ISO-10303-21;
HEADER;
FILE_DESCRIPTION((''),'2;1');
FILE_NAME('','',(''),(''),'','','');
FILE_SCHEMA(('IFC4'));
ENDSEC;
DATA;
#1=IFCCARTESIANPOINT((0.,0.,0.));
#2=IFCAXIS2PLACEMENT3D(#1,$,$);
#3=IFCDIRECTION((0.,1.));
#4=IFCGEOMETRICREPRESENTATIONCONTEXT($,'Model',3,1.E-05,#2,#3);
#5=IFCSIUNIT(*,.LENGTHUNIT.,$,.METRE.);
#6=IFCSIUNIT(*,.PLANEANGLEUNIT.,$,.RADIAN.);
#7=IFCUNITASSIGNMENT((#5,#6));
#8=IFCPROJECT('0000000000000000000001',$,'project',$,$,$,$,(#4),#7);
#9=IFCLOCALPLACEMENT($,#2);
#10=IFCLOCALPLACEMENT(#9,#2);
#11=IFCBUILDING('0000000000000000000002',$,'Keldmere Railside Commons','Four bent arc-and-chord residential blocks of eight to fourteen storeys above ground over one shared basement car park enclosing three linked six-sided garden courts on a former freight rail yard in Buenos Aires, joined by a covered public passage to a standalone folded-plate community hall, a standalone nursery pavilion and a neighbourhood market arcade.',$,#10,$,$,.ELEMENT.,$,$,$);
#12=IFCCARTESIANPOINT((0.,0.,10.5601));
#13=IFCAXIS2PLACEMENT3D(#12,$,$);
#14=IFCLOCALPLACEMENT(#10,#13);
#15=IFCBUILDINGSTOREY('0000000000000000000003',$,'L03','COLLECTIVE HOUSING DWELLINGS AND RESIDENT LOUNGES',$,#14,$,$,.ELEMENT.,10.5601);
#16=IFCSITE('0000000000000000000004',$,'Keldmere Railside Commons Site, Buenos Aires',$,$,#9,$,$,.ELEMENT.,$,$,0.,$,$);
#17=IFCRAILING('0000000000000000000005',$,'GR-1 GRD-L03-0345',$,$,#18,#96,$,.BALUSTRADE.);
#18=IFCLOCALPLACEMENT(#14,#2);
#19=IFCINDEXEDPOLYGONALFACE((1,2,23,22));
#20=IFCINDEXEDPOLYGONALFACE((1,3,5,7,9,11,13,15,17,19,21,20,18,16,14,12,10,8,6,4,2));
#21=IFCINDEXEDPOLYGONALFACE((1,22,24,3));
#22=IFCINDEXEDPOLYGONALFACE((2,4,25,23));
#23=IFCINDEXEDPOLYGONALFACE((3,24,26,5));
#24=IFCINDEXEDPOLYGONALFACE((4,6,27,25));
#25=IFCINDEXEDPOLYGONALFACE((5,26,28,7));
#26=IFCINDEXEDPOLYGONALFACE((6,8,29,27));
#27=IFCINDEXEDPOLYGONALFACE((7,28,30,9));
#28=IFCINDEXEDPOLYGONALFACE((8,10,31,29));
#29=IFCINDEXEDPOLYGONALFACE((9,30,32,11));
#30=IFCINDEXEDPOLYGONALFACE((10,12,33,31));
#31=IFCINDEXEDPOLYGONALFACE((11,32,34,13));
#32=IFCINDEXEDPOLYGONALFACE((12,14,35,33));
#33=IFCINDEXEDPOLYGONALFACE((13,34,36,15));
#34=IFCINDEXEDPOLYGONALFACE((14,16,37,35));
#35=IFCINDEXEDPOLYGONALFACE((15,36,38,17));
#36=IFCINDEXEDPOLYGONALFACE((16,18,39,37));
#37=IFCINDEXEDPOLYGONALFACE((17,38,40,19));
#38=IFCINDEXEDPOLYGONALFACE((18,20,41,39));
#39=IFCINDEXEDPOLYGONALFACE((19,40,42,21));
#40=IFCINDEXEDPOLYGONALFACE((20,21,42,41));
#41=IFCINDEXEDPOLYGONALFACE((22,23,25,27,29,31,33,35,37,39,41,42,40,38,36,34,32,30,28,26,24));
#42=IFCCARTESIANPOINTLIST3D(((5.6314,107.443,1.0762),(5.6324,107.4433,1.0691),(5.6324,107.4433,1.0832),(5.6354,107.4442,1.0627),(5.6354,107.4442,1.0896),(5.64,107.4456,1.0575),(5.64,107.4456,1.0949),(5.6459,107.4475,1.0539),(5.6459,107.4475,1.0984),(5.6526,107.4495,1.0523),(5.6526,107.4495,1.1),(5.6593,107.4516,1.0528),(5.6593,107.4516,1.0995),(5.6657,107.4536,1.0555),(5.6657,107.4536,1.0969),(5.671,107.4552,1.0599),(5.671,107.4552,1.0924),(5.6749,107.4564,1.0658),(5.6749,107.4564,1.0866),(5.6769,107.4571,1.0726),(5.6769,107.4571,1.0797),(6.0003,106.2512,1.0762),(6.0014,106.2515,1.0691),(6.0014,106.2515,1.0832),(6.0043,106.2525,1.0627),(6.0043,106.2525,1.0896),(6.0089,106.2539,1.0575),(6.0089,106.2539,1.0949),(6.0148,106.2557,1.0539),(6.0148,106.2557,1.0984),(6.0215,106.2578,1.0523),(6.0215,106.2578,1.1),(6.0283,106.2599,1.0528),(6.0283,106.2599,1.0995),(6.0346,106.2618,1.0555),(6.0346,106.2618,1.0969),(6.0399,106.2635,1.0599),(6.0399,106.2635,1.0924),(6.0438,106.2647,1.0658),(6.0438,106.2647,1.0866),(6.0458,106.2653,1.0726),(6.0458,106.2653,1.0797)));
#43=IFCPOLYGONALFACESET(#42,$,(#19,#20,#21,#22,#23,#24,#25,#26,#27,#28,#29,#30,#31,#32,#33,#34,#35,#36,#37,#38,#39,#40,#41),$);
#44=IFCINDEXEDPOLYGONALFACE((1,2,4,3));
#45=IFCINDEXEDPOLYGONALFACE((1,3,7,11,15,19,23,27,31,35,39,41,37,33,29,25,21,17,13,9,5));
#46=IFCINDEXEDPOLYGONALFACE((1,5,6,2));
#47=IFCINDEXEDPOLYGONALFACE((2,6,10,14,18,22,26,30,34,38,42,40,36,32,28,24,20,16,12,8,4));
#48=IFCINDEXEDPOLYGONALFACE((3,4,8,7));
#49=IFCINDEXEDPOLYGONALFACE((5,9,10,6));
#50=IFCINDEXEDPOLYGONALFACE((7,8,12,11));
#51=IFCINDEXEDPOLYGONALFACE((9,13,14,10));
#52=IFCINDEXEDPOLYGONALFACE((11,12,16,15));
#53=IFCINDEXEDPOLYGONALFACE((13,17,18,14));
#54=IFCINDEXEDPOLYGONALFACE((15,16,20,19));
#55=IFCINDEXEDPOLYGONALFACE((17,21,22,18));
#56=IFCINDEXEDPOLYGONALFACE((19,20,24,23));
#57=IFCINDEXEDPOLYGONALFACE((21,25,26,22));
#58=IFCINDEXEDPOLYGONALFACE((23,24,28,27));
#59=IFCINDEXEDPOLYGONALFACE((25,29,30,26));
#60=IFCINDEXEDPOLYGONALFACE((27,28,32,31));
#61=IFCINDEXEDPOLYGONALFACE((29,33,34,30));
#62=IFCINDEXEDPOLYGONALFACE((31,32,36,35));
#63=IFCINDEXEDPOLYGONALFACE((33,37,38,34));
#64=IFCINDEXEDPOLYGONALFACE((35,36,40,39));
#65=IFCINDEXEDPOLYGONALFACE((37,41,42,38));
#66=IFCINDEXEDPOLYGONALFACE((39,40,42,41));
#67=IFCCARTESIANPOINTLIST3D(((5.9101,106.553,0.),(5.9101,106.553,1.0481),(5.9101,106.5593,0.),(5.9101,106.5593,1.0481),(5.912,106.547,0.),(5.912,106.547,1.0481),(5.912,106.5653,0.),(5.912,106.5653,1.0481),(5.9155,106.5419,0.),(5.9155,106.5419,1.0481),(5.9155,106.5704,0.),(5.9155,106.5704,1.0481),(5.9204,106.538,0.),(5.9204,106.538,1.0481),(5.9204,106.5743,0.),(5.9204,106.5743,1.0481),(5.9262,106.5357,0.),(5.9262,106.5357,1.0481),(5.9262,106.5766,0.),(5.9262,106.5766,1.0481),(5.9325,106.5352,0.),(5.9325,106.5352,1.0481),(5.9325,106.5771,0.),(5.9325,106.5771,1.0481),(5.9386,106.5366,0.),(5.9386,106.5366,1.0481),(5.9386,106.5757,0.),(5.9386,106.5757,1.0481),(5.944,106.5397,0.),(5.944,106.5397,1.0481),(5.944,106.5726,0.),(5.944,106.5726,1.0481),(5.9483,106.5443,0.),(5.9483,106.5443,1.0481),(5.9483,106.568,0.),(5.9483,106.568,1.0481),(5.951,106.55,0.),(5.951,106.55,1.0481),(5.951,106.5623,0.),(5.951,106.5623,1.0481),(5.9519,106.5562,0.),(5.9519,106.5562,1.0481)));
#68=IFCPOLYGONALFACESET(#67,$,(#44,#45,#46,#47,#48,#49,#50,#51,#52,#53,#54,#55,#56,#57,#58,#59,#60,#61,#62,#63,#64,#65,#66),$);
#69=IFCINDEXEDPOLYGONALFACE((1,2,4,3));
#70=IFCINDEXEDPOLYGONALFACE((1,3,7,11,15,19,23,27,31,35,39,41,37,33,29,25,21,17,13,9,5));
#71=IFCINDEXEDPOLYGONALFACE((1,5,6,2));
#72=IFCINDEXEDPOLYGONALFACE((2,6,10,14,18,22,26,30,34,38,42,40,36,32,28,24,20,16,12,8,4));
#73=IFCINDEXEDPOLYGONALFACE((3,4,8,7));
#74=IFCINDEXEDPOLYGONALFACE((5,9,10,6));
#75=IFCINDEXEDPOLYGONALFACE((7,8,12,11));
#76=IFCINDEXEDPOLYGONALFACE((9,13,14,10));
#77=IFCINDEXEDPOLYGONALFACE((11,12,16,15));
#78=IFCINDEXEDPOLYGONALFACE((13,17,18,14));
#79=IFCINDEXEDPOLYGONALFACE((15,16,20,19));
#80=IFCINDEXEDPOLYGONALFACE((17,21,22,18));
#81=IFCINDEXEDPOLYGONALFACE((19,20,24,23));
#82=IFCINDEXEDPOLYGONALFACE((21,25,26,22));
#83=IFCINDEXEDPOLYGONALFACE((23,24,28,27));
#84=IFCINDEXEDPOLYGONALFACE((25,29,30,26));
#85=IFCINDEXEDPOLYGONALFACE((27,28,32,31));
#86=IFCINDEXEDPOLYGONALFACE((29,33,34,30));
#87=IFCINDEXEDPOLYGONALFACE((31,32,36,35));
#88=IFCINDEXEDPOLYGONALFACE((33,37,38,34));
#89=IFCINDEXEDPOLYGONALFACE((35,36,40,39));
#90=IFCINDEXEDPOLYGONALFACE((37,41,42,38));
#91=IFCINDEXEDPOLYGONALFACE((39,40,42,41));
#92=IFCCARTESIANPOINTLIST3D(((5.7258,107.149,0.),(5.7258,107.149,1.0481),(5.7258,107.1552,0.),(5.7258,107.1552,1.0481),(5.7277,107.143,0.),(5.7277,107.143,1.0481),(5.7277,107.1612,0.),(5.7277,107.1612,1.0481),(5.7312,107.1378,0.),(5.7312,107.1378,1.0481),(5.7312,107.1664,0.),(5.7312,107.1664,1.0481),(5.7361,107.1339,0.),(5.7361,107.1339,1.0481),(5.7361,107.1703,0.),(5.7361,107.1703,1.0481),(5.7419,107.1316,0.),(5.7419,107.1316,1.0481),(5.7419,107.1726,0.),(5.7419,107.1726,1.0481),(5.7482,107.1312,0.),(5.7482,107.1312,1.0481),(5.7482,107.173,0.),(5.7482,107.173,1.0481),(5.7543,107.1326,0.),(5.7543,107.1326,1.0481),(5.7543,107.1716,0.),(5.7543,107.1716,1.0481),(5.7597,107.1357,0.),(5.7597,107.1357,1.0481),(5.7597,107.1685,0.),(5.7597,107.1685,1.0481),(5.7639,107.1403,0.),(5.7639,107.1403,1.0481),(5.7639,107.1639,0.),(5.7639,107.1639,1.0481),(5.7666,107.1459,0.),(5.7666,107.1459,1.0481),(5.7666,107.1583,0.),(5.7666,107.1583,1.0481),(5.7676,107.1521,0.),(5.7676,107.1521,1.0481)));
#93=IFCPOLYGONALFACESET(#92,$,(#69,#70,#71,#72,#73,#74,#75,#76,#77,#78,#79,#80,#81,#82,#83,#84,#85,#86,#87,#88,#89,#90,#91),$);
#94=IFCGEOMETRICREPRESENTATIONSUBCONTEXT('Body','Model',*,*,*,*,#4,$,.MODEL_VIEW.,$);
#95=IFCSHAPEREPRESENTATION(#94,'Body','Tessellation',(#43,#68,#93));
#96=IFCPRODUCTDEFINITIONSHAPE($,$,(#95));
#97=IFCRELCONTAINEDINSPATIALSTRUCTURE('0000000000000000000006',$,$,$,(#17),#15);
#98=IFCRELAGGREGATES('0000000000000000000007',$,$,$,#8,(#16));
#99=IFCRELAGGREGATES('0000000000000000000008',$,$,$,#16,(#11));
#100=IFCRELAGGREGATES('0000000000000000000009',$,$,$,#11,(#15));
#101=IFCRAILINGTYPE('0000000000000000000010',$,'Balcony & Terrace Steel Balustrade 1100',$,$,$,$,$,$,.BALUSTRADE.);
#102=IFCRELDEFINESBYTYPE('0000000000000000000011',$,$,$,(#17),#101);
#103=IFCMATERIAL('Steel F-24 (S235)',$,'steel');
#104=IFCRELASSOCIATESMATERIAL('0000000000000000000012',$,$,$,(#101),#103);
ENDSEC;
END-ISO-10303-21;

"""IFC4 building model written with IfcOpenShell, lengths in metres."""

from ifc_helpers import new_model, si_unit, direction, frame, origin, origin_2d, place, context, subcontext, project, spatial, circle, extrude, material, type_object, element, save


model = new_model("IFC4")

# Units and contexts
model_context = context("Model", 3, precision=1e-05, world=origin(), true_north=direction((0.0, 1.0)))
body_context = subcontext(model_context, "Body", "Model", "MODEL_VIEW")
ifc_project = project(units=[si_unit("LENGTHUNIT", "METRE"), si_unit("PLANEANGLEUNIT", "RADIAN")], contexts=[model_context])

# Site, building, storey
site_placement = place(None, origin())
site = spatial("IfcSite", under=ifc_project, at=site_placement, Name="Keldmere Railside Commons Site, Buenos Aires", CompositionType="ELEMENT", RefElevation=0.0)
building_placement = place(site_placement, origin())
building = spatial("IfcBuilding", under=site, at=building_placement, Name="Keldmere Railside Commons", Description="Four bent arc-and-chord residential blocks of eight to fourteen storeys above ground over one shared basement car park enclosing three linked six-sided garden courts on a former freight rail yard in Buenos Aires, joined by a covered public passage to a standalone folded-plate community hall, a standalone nursery pavilion and a neighbourhood market arcade.", CompositionType="ELEMENT")
storey_placement = place(building_placement, frame((0.0, 0.0, 10.5601)))
storey = spatial("IfcBuildingStorey", under=building, at=storey_placement, Name="L03", Description="COLLECTIVE HOUSING DWELLINGS AND RESIDENT LOUNGES", CompositionType="ELEMENT", Elevation=10.5601)

# Shared definitions
ifc_material_1 = material(Name="Steel F-24 (S235)", Category="steel")

# Railing
railing_type = type_object("IfcRailingType", Name="Balcony & Terrace Steel Balustrade 1100", PredefinedType="BALUSTRADE", material=ifc_material_1)
railing_1_placement = place(storey_placement, frame((6.0232, 106.2583, 0.0)))
element("IfcRailing", 1, at=railing_1_placement, inside=storey, type_object=railing_type, Name="GR-1 GRD-L03-0345", PredefinedType="BALUSTRADE", context=body_context, shape_type="SweptSolid", body=[
    extrude(circle(Radius=0.0239, at=origin_2d()), frame((0.0, 0.0, 1.0762), z_axis=(-0.295722, 0.955274, 0.0), x_axis=(-0.955274, -0.295722, 0.0)), (0.0, 0.0, 1.0), 1.2476),
    extrude(circle(Radius=0.021, at=origin_2d()), frame((-0.0923, 0.2979, 0.0)), (0.0, 0.0, 1.0), 1.0481),
    extrude(circle(Radius=0.021, at=origin_2d()), frame((-0.2766, 0.8938, 0.0)), (0.0, 0.0, 1.0), 1.0481),
])

save(model, "model.ifc")
